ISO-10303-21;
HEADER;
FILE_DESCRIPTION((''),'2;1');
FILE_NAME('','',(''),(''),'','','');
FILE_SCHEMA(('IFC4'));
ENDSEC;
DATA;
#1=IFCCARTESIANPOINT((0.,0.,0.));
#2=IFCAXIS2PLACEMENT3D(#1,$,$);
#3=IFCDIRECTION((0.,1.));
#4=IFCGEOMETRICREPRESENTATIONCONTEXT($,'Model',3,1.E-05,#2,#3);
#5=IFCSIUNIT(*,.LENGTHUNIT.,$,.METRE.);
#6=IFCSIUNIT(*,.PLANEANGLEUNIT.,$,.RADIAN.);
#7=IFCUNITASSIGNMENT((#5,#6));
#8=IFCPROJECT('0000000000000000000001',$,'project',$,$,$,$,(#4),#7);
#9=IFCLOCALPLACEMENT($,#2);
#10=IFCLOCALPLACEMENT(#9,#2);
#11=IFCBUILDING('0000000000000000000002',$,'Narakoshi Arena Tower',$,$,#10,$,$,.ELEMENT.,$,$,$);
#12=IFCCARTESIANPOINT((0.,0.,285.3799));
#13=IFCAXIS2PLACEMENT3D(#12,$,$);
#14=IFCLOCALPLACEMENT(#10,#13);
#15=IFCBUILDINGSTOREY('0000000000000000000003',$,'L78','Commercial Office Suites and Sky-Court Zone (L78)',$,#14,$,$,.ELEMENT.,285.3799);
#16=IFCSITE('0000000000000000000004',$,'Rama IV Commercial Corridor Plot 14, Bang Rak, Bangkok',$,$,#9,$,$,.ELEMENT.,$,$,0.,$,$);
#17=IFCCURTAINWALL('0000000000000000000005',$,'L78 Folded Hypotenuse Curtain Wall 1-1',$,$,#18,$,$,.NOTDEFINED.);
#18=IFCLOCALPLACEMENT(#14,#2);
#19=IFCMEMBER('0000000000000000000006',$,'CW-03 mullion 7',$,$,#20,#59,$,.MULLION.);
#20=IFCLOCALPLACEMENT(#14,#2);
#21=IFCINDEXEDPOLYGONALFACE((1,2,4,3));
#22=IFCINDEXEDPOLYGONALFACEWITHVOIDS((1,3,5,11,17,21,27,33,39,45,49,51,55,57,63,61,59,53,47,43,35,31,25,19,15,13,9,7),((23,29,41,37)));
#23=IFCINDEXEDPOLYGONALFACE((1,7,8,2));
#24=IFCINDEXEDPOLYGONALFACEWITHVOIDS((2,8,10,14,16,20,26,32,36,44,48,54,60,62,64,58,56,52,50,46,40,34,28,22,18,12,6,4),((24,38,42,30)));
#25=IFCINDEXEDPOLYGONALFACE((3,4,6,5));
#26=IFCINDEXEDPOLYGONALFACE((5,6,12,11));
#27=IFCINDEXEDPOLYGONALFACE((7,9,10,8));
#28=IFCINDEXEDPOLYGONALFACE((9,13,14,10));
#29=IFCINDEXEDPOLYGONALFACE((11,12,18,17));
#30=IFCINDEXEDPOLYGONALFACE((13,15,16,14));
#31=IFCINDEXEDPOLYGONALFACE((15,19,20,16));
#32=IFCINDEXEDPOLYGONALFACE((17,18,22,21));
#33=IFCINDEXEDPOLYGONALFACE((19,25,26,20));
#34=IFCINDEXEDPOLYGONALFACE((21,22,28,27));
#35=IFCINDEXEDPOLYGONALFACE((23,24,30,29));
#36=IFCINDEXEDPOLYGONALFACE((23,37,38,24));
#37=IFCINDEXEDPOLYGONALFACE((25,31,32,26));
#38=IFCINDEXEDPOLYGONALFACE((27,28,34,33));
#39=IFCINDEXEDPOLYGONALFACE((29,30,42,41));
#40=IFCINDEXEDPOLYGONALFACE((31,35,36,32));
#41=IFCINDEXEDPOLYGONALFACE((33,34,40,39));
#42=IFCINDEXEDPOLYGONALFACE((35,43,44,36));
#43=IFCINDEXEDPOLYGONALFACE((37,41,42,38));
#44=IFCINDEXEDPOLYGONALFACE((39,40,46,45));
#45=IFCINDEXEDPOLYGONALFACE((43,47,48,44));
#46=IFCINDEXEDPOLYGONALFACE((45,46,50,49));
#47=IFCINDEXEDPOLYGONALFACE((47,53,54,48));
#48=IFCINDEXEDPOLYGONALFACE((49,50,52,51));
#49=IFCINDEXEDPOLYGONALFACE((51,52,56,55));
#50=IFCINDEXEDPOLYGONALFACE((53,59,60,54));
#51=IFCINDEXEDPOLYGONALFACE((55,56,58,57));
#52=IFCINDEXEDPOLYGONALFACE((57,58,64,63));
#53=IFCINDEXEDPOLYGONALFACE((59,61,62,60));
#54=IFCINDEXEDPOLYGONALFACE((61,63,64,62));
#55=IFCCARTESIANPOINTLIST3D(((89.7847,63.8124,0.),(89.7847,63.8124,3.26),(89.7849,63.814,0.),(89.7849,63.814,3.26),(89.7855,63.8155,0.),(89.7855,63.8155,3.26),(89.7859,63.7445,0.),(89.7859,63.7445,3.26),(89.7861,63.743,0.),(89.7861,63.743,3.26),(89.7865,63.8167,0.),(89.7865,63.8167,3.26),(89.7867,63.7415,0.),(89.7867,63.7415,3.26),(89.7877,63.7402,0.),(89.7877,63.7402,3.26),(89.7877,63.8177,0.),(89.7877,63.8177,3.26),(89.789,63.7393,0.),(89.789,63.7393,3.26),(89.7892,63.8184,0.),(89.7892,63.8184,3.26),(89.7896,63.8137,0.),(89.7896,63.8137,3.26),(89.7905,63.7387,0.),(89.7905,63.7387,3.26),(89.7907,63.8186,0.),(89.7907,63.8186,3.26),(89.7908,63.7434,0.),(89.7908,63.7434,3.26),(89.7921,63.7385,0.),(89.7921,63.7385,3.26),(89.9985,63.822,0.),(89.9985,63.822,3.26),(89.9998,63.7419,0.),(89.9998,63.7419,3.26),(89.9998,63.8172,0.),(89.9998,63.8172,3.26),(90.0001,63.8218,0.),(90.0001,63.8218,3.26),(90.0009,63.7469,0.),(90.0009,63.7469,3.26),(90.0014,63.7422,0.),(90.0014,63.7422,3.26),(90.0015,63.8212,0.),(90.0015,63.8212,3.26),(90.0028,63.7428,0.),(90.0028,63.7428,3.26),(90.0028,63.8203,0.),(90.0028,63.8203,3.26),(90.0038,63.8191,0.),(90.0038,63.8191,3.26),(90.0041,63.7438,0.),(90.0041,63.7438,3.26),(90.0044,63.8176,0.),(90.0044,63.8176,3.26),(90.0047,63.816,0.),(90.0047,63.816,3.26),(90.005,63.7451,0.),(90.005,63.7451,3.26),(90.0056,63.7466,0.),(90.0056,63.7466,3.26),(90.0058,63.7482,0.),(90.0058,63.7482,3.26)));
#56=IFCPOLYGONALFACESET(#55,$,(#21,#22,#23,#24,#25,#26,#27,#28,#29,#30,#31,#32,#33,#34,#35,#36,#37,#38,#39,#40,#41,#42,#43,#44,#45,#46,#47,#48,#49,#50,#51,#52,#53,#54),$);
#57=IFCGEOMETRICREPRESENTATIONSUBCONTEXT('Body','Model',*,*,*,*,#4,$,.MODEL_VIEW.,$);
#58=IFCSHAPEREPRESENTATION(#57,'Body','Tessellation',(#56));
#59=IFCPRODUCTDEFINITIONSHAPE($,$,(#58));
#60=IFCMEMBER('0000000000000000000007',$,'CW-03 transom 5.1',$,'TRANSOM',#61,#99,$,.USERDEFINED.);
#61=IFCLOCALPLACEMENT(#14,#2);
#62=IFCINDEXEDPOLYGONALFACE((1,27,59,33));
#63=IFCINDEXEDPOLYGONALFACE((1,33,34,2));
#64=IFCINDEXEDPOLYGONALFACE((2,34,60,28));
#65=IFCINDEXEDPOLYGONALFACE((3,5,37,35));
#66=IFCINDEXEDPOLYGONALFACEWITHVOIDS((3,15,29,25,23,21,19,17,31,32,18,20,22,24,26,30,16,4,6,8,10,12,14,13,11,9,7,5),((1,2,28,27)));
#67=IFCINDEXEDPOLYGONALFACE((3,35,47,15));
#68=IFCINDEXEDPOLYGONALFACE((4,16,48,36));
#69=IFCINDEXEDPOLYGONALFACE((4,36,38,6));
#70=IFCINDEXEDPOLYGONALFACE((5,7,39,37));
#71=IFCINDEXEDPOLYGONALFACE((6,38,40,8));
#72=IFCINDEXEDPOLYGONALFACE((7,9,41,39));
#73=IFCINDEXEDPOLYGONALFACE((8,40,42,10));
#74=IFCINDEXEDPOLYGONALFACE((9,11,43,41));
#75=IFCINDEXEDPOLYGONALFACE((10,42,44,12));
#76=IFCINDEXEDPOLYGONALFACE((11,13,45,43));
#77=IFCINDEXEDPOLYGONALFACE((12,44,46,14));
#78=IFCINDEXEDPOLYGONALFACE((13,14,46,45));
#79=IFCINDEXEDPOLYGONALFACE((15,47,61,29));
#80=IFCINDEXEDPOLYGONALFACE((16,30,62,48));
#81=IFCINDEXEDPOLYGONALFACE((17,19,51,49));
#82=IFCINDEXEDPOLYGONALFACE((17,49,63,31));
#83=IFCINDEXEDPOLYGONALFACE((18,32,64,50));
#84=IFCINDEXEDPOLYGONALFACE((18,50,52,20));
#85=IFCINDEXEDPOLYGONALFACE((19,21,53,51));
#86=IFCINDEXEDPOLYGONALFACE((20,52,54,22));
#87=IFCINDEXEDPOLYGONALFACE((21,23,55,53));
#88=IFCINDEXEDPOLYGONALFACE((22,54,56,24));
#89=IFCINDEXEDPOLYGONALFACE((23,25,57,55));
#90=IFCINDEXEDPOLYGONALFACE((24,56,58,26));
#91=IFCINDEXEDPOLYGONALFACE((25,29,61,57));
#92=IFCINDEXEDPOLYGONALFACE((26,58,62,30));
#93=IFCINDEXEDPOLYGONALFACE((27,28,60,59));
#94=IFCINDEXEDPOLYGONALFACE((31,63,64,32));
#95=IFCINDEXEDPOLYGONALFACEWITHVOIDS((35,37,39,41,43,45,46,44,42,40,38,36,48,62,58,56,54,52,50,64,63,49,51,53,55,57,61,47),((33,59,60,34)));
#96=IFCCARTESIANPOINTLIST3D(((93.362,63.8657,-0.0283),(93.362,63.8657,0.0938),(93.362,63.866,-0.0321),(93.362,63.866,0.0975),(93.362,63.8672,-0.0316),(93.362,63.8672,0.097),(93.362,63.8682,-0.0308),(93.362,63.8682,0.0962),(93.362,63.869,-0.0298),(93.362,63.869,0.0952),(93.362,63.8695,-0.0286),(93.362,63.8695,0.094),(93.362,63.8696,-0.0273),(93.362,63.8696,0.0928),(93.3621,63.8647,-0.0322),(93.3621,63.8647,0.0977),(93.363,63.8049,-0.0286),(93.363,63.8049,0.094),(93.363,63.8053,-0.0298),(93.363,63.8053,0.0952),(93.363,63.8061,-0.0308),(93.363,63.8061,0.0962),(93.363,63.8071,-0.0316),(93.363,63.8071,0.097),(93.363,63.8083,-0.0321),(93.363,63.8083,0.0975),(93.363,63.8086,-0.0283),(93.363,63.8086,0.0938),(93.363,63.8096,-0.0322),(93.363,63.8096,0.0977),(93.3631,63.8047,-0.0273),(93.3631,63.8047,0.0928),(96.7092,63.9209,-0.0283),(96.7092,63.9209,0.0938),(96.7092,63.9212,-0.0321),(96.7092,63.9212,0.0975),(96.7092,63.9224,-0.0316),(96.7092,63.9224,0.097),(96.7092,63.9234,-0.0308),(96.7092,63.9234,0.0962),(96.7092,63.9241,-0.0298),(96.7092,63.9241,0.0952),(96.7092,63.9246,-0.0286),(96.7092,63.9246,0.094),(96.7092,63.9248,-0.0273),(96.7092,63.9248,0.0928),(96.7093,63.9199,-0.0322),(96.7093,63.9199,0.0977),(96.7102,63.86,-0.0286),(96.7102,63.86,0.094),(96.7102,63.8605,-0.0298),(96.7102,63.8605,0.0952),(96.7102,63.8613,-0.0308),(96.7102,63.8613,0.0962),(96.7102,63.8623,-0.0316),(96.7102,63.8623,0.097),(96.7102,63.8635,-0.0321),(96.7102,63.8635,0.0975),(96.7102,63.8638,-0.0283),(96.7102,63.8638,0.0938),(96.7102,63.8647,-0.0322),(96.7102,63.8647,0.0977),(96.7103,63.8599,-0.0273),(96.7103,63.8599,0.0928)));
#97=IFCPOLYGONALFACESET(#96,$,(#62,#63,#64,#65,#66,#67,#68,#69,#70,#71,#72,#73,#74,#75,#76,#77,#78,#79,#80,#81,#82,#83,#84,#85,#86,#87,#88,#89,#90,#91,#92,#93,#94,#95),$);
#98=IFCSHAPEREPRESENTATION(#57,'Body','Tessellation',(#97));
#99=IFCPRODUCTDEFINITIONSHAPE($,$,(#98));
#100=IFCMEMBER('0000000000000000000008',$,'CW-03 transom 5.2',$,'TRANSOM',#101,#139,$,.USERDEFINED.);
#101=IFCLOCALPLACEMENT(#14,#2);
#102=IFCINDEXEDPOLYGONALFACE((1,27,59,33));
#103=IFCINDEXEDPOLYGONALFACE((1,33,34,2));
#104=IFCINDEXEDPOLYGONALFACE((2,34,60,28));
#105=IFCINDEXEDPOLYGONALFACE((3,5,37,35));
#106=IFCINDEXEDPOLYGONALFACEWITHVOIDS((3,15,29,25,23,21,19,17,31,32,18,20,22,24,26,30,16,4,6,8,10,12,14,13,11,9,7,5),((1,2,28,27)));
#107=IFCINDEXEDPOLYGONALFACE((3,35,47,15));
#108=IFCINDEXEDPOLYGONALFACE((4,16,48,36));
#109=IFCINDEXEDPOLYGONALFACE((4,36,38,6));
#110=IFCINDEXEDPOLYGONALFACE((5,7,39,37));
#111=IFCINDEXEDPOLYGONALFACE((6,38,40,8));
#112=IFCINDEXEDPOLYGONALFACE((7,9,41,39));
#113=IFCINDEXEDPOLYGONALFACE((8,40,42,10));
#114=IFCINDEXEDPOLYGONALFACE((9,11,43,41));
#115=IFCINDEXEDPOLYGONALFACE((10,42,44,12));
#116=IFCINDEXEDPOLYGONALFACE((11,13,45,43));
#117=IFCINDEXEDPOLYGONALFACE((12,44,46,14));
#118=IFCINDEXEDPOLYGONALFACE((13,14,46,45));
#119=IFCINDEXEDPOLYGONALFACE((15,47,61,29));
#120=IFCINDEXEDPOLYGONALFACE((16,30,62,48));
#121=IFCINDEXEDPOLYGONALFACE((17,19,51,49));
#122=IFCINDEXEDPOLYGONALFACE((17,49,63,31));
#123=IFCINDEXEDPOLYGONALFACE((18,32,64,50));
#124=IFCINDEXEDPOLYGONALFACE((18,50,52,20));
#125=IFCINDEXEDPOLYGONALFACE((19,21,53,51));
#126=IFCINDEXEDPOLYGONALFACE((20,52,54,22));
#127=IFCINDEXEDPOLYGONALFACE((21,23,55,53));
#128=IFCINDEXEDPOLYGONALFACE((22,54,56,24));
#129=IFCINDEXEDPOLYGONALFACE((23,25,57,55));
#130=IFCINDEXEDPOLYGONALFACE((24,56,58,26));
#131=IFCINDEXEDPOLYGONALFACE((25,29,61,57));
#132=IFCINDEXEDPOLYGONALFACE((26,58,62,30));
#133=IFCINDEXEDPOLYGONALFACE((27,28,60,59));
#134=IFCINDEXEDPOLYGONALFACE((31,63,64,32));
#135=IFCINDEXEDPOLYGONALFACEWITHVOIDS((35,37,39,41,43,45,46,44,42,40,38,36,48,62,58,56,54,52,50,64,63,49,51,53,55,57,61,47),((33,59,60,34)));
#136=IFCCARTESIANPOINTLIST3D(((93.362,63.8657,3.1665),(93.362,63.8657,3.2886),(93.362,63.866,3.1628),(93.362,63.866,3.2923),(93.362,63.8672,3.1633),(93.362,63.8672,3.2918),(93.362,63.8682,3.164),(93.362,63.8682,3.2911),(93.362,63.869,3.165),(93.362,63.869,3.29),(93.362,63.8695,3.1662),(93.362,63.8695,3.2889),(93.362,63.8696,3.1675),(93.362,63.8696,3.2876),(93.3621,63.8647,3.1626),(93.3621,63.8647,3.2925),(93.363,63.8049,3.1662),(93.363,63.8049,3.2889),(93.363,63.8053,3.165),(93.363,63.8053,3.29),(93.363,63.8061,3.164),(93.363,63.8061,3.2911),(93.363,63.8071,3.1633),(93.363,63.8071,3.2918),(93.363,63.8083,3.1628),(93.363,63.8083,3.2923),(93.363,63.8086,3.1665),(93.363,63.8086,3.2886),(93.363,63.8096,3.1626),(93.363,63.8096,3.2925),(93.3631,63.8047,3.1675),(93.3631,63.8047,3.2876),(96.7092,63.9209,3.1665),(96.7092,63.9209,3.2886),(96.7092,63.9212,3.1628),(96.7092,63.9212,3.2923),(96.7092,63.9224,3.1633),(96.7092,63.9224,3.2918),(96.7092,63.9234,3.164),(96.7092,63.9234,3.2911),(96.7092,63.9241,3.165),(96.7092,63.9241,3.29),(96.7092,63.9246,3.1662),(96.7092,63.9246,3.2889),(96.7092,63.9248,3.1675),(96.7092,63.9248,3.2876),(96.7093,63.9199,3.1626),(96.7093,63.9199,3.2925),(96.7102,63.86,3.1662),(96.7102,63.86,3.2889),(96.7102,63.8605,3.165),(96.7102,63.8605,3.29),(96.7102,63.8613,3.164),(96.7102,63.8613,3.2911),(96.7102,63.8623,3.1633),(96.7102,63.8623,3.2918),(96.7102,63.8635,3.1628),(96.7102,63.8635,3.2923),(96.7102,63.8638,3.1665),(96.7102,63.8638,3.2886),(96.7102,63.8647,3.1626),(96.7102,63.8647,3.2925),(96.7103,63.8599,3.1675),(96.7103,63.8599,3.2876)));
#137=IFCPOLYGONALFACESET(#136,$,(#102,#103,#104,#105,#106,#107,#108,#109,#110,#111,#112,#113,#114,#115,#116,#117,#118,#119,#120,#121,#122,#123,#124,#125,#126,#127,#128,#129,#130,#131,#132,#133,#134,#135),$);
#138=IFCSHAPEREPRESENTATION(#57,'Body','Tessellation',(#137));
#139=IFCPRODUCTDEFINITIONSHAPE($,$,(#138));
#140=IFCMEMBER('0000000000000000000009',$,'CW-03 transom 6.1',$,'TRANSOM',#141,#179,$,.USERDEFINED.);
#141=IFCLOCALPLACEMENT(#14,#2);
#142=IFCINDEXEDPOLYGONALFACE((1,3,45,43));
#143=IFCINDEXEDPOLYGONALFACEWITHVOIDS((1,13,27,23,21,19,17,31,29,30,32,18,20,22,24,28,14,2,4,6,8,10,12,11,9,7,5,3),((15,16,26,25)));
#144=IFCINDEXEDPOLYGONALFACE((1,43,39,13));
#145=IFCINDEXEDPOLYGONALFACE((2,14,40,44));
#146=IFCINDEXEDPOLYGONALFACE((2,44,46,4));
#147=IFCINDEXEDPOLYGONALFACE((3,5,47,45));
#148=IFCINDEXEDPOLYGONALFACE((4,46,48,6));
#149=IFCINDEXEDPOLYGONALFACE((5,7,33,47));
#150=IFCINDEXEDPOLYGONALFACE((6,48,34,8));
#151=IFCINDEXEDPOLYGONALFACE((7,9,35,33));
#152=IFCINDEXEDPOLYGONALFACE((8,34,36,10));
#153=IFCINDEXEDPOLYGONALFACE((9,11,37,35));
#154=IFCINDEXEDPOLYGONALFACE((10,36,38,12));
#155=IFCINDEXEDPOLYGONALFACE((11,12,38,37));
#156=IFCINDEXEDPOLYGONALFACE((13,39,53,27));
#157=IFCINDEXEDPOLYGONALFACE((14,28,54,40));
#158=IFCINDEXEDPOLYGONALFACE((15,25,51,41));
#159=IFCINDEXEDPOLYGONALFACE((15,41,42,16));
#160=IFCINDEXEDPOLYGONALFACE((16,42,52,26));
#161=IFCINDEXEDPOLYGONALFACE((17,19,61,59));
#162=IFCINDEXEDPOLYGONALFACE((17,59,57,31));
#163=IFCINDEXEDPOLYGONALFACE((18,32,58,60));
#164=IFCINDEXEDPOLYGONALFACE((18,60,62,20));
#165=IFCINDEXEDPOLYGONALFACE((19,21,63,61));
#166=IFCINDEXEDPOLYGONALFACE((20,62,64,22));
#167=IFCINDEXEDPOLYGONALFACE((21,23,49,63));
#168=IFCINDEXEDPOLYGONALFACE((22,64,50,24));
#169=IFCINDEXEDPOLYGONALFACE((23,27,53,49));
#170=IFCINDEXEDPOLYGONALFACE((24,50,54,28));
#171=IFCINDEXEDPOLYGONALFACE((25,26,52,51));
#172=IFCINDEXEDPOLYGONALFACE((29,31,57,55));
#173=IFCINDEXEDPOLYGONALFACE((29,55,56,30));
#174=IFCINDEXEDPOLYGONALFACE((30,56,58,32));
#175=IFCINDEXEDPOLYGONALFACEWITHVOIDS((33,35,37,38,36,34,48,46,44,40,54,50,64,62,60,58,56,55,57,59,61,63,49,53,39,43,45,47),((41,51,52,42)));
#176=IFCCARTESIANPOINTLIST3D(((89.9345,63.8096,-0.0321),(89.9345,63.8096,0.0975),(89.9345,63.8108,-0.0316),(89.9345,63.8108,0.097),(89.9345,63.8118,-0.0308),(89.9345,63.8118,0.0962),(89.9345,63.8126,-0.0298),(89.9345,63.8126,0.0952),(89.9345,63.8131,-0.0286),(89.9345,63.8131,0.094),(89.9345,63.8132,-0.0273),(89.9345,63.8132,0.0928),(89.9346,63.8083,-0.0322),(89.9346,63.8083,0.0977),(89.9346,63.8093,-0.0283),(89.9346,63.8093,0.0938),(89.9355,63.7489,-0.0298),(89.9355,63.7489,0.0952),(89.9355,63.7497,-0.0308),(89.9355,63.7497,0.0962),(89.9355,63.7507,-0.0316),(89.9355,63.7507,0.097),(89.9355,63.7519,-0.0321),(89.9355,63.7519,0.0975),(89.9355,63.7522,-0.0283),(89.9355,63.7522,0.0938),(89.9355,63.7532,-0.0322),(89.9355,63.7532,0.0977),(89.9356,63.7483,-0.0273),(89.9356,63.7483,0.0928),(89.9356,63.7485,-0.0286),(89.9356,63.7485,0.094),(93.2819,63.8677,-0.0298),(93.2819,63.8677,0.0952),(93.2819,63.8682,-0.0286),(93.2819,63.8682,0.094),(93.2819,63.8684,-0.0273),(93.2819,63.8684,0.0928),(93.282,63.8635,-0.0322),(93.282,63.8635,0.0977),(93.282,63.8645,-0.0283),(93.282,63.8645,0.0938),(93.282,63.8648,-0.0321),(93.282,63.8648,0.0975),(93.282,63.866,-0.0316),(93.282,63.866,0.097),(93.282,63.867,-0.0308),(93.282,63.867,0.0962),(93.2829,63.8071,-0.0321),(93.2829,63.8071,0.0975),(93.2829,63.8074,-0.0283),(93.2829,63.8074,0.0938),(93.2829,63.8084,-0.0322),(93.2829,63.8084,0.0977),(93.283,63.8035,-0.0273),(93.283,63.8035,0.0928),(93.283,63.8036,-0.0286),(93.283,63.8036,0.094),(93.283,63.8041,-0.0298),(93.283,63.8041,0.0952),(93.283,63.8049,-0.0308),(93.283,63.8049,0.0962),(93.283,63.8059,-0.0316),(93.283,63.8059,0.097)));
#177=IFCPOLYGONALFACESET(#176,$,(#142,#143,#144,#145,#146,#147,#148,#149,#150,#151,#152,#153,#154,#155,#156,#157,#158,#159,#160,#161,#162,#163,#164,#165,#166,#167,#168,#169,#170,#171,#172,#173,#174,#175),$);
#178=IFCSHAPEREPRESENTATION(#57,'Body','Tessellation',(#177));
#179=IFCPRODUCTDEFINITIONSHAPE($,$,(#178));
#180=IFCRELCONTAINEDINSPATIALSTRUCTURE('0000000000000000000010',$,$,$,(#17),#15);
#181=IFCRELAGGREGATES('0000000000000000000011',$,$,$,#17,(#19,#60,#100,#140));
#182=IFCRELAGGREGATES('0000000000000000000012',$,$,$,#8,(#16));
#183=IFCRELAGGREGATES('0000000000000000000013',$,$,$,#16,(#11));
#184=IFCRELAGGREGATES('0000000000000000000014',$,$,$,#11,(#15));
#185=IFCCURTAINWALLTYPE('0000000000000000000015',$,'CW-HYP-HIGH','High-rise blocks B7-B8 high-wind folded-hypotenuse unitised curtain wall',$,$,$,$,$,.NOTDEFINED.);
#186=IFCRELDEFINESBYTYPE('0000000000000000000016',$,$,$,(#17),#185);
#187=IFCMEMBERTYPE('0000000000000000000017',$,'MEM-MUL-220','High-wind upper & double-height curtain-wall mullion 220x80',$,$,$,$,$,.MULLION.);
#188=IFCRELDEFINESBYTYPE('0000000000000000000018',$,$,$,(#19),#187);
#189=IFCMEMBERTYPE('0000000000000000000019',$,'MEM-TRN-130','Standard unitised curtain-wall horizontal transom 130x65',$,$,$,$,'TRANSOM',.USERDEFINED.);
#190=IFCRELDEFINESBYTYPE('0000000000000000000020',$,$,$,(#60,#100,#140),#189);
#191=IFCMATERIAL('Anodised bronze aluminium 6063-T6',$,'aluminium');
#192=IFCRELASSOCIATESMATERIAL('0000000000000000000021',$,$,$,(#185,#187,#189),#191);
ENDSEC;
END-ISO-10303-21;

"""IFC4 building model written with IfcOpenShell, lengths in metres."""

from ifc_helpers import new_model, si_unit, direction, frame, origin, origin_2d, place, context, subcontext, project, spatial, hollow_rectangle, extrude, material, material_profile, profile_set, type_object, element, aggregate, save


model = new_model("IFC4")

# Units and contexts
model_context = context("Model", 3, precision=1e-05, world=origin(), true_north=direction((0.0, 1.0)))
body_context = subcontext(model_context, "Body", "Model", "MODEL_VIEW")
ifc_project = project(units=[si_unit("LENGTHUNIT", "METRE"), si_unit("PLANEANGLEUNIT", "RADIAN")], contexts=[model_context])

# Site, building, storey
site_placement = place(None, origin())
site = spatial("IfcSite", under=ifc_project, at=site_placement, Name="Rama IV Commercial Corridor Plot 14, Bang Rak, Bangkok", CompositionType="ELEMENT", RefElevation=0.0)
building_placement = place(site_placement, origin())
building = spatial("IfcBuilding", under=site, at=building_placement, Name="Narakoshi Arena Tower", CompositionType="ELEMENT")
storey_placement = place(building_placement, frame((0.0, 0.0, 285.3799)))
storey = spatial("IfcBuildingStorey", under=building, at=storey_placement, Name="L78", Description="Commercial Office Suites and Sky-Court Zone (L78)", CompositionType="ELEMENT", Elevation=285.3799)

# Curtain wall, members
ifc_material_1 = material(Name="Anodised bronze aluminium 6063-T6", Category="aluminium")
curtain_wall_type = type_object("IfcCurtainWallType", Name="CW-HYP-HIGH", Description="High-rise blocks B7-B8 high-wind folded-hypotenuse unitised curtain wall", PredefinedType="NOTDEFINED", material=ifc_material_1)
curtain_wall_placement = place(storey_placement, origin())
curtain_wall = element("IfcCurtainWall", 1, at=curtain_wall_placement, inside=storey, type_object=curtain_wall_type, Name="L78 Folded Hypotenuse Curtain Wall 1-1", PredefinedType="NOTDEFINED")
ifc_material_profile_1 = material_profile(ifc_material_1, hollow_rectangle(XDim=0.0801, YDim=0.22, WallThickness=0.0049, OuterFilletRadius=0.0061, at=origin_2d()), Name="MUL220x80x5")
ifc_profile_set_1 = profile_set([ifc_material_profile_1], Name="Anodised bronze aluminium 6063-T6")
member_type_1 = type_object("IfcMemberType", Name="MEM-MUL-220", Description="High-wind upper & double-height curtain-wall mullion 220x80", PredefinedType="MULLION", material=ifc_profile_set_1)
member_1_placement = place(storey_placement, frame((89.8953, 63.7803, 0.0), z_axis=(0.0, 0.0, 1.0), x_axis=(0.016443, -0.999865, 0.0)))
member_1 = element("IfcMember", 2, at=member_1_placement, type_object=member_type_1, Name="CW-03 mullion 7", PredefinedType="MULLION", context=body_context, shape_type="SweptSolid", body=[
    extrude(hollow_rectangle(XDim=0.0801, YDim=0.22, WallThickness=0.0049, OuterFilletRadius=0.0061, at=origin_2d()), origin(), (0.0, 0.0, 1.0), 3.26),
])
ifc_material_profile_2 = material_profile(ifc_material_1, hollow_rectangle(XDim=0.0649, YDim=0.1299, WallThickness=0.0039, OuterFilletRadius=0.0049, at=origin_2d()), Name="TRN130x65x4")
ifc_profile_set_2 = profile_set([ifc_material_profile_2], Name="Anodised bronze aluminium 6063-T6")
member_type_2 = type_object("IfcMemberType", Name="MEM-TRN-130", Description="Standard unitised curtain-wall horizontal transom 130x65", ElementType="TRANSOM", PredefinedType="USERDEFINED", material=ifc_profile_set_2)
member_2_placement = place(storey_placement, frame((96.7097, 63.8923, 0.0327), z_axis=(-0.999864, -0.016482, 0.0), x_axis=(0.016482, -0.999864, 0.0)))
member_2 = element("IfcMember", 3, at=member_2_placement, type_object=member_type_2, Name="CW-03 transom 5.1", ObjectType="TRANSOM", PredefinedType="USERDEFINED", context=body_context, shape_type="SweptSolid", body=[
    extrude(hollow_rectangle(XDim=0.0649, YDim=0.1299, WallThickness=0.0039, OuterFilletRadius=0.0049, at=origin_2d()), origin(), (0.0, 0.0, 1.0), 3.3477),
])
member_3_placement = place(storey_placement, frame((96.7097, 63.8923, 3.2275), z_axis=(-0.999864, -0.016482, 0.0), x_axis=(0.016482, -0.999864, 0.0)))
member_3 = element("IfcMember", 4, at=member_3_placement, type_object=member_type_2, Name="CW-03 transom 5.2", ObjectType="TRANSOM", PredefinedType="USERDEFINED", context=body_context, shape_type="SweptSolid", body=[
    extrude(hollow_rectangle(XDim=0.0649, YDim=0.1299, WallThickness=0.0039, OuterFilletRadius=0.0049, at=origin_2d()), origin(), (0.0, 0.0, 1.0), 3.3477),
])
member_4_placement = place(storey_placement, frame((93.2825, 63.8359, 0.0327), z_axis=(-0.999864, -0.016481, 0.0), x_axis=(0.016481, -0.999864, 0.0)))
member_4 = element("IfcMember", 5, at=member_4_placement, type_object=member_type_2, Name="CW-03 transom 6.1", ObjectType="TRANSOM", PredefinedType="USERDEFINED", context=body_context, shape_type="SweptSolid", body=[
    extrude(hollow_rectangle(XDim=0.0649, YDim=0.1299, WallThickness=0.0039, OuterFilletRadius=0.0049, at=origin_2d()), origin(), (0.0, 0.0, 1.0), 3.3479),
])
aggregate(curtain_wall, [member_1, member_2, member_3, member_4])

save(model, "model.ifc")
